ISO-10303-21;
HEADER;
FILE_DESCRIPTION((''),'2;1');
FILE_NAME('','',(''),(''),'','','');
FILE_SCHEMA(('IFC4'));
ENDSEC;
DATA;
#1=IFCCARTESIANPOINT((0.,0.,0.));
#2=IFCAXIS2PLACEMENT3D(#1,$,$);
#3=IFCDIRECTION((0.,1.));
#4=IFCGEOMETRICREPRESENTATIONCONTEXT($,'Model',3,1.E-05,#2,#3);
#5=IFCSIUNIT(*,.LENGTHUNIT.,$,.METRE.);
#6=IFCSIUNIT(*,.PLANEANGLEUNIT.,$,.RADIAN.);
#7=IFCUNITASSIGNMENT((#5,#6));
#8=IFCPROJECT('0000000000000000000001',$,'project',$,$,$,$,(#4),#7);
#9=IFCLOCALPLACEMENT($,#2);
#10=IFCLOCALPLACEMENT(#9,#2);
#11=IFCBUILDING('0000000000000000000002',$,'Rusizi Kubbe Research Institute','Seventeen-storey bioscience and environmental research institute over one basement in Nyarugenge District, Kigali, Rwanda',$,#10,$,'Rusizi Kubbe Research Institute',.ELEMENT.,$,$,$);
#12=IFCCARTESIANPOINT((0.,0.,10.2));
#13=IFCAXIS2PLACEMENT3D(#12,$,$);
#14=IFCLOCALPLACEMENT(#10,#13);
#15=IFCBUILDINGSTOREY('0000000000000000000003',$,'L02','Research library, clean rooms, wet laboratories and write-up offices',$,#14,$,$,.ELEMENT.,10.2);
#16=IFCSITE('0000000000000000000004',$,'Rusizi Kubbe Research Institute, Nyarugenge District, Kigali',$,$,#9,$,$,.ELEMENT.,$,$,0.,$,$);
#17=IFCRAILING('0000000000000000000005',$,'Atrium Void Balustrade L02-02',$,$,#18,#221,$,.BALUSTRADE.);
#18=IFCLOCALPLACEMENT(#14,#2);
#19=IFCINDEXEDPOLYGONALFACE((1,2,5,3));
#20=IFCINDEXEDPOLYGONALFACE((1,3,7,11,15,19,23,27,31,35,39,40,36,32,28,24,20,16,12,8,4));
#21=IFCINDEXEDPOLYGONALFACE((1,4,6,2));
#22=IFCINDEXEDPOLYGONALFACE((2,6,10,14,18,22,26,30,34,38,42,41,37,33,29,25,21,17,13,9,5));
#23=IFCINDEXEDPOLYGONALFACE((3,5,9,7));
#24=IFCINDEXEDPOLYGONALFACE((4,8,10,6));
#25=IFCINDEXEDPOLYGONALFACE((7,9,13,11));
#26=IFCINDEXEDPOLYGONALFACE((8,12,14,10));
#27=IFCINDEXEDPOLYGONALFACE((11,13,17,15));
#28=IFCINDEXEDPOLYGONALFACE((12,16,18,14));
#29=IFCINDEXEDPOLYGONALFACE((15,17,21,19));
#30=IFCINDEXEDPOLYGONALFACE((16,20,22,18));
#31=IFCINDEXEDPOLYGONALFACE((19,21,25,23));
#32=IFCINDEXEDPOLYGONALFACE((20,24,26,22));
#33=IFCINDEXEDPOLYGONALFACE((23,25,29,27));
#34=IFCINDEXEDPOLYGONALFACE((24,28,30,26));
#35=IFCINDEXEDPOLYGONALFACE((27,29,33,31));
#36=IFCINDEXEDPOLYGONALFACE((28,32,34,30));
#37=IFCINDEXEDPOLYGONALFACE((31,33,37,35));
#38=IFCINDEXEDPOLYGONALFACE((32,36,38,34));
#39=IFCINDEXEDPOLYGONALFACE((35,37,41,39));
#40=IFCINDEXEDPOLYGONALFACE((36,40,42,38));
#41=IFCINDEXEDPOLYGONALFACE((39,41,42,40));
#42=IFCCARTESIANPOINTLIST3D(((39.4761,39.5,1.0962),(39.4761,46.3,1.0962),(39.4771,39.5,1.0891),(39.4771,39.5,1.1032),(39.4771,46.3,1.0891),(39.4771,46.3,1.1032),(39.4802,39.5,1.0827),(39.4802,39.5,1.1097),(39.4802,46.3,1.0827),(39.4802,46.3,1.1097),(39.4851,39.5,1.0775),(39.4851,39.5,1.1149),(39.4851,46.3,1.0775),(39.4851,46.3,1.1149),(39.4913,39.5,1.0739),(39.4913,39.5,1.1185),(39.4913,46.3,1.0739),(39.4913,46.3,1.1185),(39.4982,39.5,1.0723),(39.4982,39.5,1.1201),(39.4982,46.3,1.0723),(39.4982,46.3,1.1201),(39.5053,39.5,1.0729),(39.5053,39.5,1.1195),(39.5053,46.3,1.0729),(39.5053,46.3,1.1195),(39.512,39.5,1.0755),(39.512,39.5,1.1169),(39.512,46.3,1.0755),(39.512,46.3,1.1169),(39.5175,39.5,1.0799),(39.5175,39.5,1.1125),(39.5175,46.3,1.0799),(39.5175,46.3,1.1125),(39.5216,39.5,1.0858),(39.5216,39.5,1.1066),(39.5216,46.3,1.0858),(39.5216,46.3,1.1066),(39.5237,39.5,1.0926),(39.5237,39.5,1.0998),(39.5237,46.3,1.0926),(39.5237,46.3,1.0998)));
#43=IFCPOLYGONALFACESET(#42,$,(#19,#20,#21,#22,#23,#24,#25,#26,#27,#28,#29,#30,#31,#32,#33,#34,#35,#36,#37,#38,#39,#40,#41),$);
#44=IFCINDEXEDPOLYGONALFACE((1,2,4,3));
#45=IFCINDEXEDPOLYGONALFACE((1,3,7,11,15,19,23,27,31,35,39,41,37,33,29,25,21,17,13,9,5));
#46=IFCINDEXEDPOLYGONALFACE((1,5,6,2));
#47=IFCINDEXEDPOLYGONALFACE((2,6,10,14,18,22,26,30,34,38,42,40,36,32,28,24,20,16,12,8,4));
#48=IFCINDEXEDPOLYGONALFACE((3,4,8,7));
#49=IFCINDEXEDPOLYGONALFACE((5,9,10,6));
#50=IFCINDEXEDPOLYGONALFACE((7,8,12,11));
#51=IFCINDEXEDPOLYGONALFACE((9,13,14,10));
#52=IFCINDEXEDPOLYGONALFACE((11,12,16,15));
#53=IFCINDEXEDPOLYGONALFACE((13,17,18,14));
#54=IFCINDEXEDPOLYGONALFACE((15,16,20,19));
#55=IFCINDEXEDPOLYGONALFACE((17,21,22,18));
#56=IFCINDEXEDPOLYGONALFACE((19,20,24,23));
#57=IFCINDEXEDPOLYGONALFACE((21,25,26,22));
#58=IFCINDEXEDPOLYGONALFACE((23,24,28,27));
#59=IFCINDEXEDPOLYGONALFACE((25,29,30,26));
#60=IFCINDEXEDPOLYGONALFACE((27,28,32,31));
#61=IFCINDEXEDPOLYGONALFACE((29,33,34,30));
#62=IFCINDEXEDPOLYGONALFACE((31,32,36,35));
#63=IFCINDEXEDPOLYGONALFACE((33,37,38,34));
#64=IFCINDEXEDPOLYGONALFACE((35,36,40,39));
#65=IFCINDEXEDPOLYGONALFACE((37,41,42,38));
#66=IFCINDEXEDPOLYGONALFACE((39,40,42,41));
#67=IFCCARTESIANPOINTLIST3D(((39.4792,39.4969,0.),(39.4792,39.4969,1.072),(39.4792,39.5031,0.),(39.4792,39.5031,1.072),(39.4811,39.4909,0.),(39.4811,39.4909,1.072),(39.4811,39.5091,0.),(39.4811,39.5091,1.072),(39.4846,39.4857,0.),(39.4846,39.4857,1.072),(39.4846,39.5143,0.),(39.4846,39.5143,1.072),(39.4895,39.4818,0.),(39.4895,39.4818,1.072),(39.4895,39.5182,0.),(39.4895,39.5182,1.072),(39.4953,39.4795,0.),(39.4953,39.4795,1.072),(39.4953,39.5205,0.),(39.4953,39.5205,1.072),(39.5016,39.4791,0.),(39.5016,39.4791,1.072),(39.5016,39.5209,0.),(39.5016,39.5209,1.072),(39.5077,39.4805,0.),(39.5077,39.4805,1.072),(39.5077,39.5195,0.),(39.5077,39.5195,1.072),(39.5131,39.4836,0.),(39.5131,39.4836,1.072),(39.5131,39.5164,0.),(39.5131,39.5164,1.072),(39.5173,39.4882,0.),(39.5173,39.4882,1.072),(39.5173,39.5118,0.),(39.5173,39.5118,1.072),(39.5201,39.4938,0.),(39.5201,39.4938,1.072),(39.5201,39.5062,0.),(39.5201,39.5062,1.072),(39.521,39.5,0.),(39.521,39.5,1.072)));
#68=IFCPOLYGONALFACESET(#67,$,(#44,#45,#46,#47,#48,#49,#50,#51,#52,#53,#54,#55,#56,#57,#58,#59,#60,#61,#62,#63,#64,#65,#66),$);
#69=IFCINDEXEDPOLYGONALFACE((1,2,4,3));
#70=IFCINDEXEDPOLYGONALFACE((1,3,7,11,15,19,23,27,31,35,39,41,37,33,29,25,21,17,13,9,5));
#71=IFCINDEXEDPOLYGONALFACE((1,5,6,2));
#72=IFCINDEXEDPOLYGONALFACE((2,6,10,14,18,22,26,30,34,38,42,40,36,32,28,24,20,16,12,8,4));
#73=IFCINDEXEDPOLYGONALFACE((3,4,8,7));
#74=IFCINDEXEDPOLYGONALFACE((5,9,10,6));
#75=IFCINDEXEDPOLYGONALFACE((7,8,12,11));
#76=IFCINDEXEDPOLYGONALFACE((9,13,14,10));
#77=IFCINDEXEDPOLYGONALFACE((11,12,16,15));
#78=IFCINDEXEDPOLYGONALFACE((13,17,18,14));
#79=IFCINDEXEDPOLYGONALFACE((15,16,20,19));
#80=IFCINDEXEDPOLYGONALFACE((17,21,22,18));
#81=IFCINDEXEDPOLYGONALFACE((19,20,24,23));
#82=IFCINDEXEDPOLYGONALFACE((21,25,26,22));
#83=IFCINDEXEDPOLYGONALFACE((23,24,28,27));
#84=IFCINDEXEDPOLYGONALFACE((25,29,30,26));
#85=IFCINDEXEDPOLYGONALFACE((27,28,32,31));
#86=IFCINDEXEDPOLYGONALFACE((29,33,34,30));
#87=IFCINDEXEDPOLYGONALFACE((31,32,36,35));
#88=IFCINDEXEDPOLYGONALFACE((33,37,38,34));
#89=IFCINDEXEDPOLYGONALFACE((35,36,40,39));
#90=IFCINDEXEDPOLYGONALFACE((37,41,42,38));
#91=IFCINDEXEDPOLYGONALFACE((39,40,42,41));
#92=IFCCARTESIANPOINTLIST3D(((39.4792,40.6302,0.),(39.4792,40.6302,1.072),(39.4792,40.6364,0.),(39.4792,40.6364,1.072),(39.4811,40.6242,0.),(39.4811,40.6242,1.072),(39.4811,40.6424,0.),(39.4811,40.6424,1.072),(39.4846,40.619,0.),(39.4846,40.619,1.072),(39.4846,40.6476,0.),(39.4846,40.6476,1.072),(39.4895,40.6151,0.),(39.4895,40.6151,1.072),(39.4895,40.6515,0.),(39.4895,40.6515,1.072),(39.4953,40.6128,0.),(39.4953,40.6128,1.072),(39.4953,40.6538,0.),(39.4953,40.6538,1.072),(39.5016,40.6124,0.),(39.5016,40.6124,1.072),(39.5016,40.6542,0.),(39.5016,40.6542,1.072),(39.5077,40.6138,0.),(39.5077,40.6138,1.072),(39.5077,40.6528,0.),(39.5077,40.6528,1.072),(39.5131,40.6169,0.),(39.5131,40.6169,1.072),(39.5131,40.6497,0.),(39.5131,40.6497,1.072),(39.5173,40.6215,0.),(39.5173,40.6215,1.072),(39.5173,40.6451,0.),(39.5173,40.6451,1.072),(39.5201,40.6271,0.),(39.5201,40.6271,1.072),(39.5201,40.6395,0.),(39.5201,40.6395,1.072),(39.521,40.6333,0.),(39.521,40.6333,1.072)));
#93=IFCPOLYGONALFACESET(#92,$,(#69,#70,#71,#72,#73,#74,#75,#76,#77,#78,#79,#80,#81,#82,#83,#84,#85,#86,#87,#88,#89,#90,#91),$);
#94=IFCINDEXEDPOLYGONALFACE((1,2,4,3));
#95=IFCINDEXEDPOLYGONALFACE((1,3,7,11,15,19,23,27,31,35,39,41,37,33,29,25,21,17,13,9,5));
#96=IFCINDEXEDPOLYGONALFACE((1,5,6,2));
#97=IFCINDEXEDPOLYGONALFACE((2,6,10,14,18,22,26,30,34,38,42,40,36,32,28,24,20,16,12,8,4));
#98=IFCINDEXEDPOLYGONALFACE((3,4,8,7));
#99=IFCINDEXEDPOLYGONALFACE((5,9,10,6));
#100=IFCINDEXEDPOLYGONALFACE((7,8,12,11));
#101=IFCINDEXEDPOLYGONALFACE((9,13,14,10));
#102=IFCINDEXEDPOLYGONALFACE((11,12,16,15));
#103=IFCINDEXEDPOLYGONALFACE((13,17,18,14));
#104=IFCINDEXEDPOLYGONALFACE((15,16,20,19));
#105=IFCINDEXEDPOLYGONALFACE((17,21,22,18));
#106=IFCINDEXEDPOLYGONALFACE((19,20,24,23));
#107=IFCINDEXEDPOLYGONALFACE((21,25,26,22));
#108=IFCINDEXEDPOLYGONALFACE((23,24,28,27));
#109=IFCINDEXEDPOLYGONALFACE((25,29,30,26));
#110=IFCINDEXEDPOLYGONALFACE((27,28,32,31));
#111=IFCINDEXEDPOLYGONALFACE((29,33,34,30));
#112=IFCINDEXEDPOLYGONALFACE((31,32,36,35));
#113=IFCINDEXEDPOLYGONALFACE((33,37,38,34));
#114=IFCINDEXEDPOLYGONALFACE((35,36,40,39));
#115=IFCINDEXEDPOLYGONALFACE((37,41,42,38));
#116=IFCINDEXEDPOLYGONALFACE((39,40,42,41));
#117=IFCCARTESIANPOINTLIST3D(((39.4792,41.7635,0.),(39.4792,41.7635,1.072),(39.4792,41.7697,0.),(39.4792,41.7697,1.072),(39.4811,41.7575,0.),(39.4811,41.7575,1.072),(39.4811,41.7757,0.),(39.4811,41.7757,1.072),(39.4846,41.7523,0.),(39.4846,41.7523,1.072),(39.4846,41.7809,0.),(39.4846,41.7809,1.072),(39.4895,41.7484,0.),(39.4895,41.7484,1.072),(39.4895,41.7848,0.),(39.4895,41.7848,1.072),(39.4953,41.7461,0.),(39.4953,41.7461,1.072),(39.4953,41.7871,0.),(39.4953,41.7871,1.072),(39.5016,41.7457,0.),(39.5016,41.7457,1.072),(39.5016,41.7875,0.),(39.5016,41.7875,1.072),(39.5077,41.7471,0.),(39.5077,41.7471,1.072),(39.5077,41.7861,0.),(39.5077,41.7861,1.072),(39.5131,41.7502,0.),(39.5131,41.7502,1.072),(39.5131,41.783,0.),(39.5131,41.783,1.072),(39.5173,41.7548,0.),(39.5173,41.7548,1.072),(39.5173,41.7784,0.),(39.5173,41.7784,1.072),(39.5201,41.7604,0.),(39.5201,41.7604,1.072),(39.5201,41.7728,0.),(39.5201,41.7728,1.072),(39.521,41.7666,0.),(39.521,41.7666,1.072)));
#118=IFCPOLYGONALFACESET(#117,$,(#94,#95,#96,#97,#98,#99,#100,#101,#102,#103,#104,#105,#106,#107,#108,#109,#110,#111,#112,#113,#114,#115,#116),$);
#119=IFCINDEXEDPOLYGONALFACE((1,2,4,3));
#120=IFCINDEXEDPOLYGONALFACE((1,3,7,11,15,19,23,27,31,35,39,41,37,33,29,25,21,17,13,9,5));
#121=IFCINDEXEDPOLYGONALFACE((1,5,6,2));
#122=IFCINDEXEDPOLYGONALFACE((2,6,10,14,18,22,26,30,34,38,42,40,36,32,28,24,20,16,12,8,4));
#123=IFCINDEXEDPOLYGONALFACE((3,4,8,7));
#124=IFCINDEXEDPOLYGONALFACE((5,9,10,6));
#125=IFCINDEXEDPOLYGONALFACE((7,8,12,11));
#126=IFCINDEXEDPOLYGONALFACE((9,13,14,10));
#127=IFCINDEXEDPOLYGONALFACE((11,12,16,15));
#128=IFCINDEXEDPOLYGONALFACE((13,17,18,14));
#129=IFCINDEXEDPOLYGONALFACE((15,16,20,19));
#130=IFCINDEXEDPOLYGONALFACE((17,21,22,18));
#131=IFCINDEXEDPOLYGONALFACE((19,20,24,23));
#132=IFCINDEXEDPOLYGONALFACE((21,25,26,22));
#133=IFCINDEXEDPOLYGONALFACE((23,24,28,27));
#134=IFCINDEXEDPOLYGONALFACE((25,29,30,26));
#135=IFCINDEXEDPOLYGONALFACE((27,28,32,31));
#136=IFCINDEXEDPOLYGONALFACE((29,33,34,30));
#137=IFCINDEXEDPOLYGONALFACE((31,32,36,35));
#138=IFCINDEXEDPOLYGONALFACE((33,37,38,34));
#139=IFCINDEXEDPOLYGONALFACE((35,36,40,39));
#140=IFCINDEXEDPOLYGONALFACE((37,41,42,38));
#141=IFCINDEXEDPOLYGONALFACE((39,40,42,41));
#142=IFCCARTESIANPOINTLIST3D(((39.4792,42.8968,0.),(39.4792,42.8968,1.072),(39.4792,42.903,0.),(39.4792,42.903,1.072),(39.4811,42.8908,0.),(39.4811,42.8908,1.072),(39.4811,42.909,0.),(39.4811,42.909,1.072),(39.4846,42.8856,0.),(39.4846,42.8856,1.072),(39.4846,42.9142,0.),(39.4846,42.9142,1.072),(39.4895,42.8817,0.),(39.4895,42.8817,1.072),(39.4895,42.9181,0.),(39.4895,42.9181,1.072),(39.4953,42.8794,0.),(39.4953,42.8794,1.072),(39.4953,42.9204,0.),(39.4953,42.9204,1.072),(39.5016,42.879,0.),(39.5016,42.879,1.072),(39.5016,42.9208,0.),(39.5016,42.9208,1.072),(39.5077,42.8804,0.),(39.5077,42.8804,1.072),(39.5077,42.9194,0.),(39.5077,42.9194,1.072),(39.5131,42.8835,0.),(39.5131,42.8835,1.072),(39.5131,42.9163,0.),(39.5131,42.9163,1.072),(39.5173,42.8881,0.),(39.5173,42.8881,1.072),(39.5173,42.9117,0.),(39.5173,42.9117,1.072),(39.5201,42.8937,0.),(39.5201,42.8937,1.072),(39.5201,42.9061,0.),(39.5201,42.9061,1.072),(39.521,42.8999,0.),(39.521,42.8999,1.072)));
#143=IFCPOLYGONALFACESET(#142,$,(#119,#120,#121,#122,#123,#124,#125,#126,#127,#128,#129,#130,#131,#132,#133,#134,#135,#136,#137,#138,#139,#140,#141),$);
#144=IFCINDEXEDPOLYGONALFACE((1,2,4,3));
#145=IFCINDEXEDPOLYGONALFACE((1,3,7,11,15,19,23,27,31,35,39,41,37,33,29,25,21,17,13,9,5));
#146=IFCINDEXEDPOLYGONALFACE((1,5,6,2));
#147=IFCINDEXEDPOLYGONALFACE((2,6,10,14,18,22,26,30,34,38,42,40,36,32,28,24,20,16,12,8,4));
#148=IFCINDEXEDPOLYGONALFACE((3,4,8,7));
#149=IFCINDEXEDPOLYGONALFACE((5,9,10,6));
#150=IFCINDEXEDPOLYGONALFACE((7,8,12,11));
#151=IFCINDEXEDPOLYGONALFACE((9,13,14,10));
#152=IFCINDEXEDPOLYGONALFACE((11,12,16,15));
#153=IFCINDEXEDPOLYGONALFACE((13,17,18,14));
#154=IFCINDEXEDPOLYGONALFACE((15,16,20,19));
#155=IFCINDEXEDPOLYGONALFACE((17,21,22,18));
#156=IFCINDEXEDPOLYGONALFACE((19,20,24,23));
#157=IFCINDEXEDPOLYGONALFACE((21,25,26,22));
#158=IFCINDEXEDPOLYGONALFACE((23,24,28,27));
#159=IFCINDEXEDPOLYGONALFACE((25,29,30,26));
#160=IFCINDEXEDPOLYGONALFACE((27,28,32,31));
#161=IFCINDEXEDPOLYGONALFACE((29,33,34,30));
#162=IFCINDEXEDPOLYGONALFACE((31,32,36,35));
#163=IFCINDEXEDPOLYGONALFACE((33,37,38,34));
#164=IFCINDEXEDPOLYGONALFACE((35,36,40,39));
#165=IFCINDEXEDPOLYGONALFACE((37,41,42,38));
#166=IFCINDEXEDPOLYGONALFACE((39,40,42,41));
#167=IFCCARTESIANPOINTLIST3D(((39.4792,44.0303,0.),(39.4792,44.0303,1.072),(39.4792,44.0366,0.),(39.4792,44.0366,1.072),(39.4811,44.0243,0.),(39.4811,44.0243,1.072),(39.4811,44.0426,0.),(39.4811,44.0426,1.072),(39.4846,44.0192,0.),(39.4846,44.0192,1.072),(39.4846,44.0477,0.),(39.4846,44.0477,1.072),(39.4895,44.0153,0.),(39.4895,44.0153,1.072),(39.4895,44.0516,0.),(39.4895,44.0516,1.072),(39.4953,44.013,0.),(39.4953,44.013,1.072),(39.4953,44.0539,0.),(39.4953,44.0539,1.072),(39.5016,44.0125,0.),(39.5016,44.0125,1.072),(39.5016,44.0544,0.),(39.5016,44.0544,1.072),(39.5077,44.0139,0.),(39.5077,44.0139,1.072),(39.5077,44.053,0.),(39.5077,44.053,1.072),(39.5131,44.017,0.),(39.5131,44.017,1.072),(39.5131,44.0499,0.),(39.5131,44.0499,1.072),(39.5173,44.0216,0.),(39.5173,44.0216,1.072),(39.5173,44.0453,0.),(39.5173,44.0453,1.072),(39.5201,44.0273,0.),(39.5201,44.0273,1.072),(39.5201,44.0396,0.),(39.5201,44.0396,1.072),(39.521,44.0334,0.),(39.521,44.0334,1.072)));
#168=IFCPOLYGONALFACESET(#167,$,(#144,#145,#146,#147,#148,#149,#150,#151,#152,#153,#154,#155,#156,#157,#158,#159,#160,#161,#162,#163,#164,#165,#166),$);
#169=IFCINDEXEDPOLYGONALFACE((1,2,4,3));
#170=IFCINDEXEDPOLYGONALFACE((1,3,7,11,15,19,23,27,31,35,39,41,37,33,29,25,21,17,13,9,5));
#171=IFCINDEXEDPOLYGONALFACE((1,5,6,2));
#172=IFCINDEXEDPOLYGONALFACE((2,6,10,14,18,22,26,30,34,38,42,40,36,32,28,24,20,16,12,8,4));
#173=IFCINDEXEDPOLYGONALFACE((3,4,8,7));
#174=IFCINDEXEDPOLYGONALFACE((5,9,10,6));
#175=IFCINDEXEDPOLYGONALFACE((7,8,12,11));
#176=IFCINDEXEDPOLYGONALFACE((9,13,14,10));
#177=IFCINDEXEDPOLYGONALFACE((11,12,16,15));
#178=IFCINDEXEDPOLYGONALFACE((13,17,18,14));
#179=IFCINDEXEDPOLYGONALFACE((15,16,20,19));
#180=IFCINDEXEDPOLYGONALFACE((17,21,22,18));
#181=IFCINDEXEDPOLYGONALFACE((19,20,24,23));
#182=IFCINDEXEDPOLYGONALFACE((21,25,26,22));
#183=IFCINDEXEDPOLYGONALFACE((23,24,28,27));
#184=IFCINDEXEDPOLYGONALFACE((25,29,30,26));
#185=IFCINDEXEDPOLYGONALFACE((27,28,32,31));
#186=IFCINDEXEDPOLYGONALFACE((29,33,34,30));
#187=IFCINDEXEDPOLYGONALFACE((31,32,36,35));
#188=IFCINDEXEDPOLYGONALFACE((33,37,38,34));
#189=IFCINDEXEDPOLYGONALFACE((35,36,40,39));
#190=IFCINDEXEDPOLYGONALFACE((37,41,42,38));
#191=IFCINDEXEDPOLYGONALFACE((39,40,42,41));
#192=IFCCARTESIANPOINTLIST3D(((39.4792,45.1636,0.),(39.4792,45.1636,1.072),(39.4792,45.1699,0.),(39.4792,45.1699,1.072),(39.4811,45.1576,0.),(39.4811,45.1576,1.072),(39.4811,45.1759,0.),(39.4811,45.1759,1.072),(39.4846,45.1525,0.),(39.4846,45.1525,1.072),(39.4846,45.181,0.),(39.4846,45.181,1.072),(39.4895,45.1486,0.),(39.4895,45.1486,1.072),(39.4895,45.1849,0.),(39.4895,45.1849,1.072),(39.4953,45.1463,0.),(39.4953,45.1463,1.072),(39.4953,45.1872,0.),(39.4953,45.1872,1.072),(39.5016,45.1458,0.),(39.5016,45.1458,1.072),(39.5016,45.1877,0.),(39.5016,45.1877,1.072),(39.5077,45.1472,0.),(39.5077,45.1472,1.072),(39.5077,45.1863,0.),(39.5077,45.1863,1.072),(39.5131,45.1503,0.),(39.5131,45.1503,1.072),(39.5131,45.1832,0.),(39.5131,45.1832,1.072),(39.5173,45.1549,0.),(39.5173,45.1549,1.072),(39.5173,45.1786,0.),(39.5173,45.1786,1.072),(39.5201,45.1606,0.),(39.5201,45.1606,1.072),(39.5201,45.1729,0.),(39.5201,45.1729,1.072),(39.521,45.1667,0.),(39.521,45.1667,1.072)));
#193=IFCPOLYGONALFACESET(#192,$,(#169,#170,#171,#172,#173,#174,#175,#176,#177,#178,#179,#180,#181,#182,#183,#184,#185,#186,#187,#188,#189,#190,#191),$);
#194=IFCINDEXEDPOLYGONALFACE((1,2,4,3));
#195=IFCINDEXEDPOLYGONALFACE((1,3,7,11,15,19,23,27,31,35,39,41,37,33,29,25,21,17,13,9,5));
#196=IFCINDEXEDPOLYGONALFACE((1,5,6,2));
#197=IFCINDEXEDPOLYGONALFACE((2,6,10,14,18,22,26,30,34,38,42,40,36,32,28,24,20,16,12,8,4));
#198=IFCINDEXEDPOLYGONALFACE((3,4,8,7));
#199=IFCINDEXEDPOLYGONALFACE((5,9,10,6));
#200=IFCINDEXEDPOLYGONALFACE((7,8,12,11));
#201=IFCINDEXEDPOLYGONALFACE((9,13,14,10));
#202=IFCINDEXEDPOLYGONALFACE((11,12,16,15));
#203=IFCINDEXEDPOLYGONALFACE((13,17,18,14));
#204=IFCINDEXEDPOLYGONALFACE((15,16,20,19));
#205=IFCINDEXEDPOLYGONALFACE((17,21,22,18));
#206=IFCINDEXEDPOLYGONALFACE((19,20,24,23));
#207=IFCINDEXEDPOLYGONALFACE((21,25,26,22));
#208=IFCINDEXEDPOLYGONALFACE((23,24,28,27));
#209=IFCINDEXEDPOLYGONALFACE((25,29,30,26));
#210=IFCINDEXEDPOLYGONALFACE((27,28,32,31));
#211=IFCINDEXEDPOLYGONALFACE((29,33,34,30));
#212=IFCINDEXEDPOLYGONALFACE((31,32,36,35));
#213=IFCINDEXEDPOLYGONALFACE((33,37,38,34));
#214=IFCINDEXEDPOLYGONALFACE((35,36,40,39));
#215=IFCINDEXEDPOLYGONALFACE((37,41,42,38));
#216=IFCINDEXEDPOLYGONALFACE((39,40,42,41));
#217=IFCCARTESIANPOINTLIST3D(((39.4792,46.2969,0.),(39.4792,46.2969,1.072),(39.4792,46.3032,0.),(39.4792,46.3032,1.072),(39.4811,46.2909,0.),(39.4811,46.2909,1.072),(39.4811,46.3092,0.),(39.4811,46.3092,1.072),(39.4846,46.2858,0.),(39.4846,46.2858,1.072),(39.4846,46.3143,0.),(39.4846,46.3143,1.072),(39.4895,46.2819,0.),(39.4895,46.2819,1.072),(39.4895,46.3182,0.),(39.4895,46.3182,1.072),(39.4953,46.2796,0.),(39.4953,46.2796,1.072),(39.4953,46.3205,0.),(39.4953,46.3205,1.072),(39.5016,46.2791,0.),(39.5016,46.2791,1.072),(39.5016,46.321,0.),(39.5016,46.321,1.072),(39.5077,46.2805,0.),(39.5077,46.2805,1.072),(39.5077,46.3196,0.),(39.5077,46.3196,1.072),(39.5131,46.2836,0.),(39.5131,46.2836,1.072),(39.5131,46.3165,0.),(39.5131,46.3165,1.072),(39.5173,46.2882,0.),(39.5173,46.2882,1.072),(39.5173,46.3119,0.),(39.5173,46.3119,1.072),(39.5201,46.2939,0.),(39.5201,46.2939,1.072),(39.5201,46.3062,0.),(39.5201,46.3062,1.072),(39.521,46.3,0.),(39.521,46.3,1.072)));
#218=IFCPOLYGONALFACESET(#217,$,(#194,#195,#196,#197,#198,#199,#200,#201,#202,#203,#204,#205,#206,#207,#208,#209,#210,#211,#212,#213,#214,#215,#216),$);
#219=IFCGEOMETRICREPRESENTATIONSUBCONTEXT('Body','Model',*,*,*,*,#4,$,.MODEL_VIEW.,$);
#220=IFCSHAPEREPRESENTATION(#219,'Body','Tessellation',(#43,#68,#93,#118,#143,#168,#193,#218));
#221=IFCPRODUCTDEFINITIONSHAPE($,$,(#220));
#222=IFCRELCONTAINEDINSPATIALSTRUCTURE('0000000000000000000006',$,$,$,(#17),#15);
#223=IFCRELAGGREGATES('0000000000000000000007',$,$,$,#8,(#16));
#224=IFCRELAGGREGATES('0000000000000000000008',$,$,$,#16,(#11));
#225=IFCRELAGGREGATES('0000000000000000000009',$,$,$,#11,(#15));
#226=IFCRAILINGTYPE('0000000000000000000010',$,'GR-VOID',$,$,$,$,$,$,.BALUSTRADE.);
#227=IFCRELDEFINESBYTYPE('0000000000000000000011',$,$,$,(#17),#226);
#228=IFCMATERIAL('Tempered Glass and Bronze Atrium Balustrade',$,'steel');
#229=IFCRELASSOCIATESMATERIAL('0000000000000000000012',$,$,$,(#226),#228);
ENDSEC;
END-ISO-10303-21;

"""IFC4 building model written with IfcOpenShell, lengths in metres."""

from ifc_helpers import new_model, si_unit, direction, frame, origin, origin_2d, place, context, subcontext, project, spatial, circle, extrude, material, type_object, element, save


model = new_model("IFC4")

# Units and contexts
model_context = context("Model", 3, precision=1e-05, world=origin(), true_north=direction((0.0, 1.0)))
body_context = subcontext(model_context, "Body", "Model", "MODEL_VIEW")
ifc_project = project(units=[si_unit("LENGTHUNIT", "METRE"), si_unit("PLANEANGLEUNIT", "RADIAN")], contexts=[model_context])

# Site, building, storey
site_placement = place(None, origin())
site = spatial("IfcSite", under=ifc_project, at=site_placement, Name="Rusizi Kubbe Research Institute, Nyarugenge District, Kigali", CompositionType="ELEMENT", RefElevation=0.0)
building_placement = place(site_placement, origin())
building = spatial("IfcBuilding", under=site, at=building_placement, Name="Rusizi Kubbe Research Institute", Description="Seventeen-storey bioscience and environmental research institute over one basement in Nyarugenge District, Kigali, Rwanda", LongName="Rusizi Kubbe Research Institute", CompositionType="ELEMENT")
storey_placement = place(building_placement, frame((0.0, 0.0, 10.2)))
storey = spatial("IfcBuildingStorey", under=building, at=storey_placement, Name="L02", Description="Research library, clean rooms, wet laboratories and write-up offices", CompositionType="ELEMENT", Elevation=10.2)

# Railing
ifc_material_1 = material(Name="Tempered Glass and Bronze Atrium Balustrade", Category="steel")
railing_type = type_object("IfcRailingType", Name="GR-VOID", PredefinedType="BALUSTRADE", material=ifc_material_1)
railing_1_placement = place(storey_placement, frame((39.5, 39.5, 0.0)))
element("IfcRailing", 1, at=railing_1_placement, inside=storey, type_object=railing_type, Name="Atrium Void Balustrade L02-02", PredefinedType="BALUSTRADE", context=body_context, shape_type="SweptSolid", body=[
    extrude(circle(Radius=0.0239, at=origin_2d()), frame((0.0, 0.0, 1.0962), z_axis=(0.0, 1.0, 0.0), x_axis=(-1.0, 0.0, 0.0)), (0.0, 0.0, 1.0), 6.8),
    extrude(circle(Radius=0.021, at=origin_2d()), origin(), (0.0, 0.0, 1.0), 1.072),
    extrude(circle(Radius=0.021, at=origin_2d()), frame((0.0, 1.1333, 0.0)), (0.0, 0.0, 1.0), 1.072),
    extrude(circle(Radius=0.021, at=origin_2d()), frame((0.0, 2.2666, 0.0)), (0.0, 0.0, 1.0), 1.072),
    extrude(circle(Radius=0.021, at=origin_2d()), frame((0.0, 3.3999, 0.0)), (0.0, 0.0, 1.0), 1.072),
    extrude(circle(Radius=0.021, at=origin_2d()), frame((0.0, 4.5334, 0.0)), (0.0, 0.0, 1.0), 1.072),
    extrude(circle(Radius=0.021, at=origin_2d()), frame((0.0, 5.6667, 0.0)), (0.0, 0.0, 1.0), 1.072),
    extrude(circle(Radius=0.021, at=origin_2d()), frame((0.0, 6.8, 0.0)), (0.0, 0.0, 1.0), 1.072),
])

save(model, "model.ifc")
